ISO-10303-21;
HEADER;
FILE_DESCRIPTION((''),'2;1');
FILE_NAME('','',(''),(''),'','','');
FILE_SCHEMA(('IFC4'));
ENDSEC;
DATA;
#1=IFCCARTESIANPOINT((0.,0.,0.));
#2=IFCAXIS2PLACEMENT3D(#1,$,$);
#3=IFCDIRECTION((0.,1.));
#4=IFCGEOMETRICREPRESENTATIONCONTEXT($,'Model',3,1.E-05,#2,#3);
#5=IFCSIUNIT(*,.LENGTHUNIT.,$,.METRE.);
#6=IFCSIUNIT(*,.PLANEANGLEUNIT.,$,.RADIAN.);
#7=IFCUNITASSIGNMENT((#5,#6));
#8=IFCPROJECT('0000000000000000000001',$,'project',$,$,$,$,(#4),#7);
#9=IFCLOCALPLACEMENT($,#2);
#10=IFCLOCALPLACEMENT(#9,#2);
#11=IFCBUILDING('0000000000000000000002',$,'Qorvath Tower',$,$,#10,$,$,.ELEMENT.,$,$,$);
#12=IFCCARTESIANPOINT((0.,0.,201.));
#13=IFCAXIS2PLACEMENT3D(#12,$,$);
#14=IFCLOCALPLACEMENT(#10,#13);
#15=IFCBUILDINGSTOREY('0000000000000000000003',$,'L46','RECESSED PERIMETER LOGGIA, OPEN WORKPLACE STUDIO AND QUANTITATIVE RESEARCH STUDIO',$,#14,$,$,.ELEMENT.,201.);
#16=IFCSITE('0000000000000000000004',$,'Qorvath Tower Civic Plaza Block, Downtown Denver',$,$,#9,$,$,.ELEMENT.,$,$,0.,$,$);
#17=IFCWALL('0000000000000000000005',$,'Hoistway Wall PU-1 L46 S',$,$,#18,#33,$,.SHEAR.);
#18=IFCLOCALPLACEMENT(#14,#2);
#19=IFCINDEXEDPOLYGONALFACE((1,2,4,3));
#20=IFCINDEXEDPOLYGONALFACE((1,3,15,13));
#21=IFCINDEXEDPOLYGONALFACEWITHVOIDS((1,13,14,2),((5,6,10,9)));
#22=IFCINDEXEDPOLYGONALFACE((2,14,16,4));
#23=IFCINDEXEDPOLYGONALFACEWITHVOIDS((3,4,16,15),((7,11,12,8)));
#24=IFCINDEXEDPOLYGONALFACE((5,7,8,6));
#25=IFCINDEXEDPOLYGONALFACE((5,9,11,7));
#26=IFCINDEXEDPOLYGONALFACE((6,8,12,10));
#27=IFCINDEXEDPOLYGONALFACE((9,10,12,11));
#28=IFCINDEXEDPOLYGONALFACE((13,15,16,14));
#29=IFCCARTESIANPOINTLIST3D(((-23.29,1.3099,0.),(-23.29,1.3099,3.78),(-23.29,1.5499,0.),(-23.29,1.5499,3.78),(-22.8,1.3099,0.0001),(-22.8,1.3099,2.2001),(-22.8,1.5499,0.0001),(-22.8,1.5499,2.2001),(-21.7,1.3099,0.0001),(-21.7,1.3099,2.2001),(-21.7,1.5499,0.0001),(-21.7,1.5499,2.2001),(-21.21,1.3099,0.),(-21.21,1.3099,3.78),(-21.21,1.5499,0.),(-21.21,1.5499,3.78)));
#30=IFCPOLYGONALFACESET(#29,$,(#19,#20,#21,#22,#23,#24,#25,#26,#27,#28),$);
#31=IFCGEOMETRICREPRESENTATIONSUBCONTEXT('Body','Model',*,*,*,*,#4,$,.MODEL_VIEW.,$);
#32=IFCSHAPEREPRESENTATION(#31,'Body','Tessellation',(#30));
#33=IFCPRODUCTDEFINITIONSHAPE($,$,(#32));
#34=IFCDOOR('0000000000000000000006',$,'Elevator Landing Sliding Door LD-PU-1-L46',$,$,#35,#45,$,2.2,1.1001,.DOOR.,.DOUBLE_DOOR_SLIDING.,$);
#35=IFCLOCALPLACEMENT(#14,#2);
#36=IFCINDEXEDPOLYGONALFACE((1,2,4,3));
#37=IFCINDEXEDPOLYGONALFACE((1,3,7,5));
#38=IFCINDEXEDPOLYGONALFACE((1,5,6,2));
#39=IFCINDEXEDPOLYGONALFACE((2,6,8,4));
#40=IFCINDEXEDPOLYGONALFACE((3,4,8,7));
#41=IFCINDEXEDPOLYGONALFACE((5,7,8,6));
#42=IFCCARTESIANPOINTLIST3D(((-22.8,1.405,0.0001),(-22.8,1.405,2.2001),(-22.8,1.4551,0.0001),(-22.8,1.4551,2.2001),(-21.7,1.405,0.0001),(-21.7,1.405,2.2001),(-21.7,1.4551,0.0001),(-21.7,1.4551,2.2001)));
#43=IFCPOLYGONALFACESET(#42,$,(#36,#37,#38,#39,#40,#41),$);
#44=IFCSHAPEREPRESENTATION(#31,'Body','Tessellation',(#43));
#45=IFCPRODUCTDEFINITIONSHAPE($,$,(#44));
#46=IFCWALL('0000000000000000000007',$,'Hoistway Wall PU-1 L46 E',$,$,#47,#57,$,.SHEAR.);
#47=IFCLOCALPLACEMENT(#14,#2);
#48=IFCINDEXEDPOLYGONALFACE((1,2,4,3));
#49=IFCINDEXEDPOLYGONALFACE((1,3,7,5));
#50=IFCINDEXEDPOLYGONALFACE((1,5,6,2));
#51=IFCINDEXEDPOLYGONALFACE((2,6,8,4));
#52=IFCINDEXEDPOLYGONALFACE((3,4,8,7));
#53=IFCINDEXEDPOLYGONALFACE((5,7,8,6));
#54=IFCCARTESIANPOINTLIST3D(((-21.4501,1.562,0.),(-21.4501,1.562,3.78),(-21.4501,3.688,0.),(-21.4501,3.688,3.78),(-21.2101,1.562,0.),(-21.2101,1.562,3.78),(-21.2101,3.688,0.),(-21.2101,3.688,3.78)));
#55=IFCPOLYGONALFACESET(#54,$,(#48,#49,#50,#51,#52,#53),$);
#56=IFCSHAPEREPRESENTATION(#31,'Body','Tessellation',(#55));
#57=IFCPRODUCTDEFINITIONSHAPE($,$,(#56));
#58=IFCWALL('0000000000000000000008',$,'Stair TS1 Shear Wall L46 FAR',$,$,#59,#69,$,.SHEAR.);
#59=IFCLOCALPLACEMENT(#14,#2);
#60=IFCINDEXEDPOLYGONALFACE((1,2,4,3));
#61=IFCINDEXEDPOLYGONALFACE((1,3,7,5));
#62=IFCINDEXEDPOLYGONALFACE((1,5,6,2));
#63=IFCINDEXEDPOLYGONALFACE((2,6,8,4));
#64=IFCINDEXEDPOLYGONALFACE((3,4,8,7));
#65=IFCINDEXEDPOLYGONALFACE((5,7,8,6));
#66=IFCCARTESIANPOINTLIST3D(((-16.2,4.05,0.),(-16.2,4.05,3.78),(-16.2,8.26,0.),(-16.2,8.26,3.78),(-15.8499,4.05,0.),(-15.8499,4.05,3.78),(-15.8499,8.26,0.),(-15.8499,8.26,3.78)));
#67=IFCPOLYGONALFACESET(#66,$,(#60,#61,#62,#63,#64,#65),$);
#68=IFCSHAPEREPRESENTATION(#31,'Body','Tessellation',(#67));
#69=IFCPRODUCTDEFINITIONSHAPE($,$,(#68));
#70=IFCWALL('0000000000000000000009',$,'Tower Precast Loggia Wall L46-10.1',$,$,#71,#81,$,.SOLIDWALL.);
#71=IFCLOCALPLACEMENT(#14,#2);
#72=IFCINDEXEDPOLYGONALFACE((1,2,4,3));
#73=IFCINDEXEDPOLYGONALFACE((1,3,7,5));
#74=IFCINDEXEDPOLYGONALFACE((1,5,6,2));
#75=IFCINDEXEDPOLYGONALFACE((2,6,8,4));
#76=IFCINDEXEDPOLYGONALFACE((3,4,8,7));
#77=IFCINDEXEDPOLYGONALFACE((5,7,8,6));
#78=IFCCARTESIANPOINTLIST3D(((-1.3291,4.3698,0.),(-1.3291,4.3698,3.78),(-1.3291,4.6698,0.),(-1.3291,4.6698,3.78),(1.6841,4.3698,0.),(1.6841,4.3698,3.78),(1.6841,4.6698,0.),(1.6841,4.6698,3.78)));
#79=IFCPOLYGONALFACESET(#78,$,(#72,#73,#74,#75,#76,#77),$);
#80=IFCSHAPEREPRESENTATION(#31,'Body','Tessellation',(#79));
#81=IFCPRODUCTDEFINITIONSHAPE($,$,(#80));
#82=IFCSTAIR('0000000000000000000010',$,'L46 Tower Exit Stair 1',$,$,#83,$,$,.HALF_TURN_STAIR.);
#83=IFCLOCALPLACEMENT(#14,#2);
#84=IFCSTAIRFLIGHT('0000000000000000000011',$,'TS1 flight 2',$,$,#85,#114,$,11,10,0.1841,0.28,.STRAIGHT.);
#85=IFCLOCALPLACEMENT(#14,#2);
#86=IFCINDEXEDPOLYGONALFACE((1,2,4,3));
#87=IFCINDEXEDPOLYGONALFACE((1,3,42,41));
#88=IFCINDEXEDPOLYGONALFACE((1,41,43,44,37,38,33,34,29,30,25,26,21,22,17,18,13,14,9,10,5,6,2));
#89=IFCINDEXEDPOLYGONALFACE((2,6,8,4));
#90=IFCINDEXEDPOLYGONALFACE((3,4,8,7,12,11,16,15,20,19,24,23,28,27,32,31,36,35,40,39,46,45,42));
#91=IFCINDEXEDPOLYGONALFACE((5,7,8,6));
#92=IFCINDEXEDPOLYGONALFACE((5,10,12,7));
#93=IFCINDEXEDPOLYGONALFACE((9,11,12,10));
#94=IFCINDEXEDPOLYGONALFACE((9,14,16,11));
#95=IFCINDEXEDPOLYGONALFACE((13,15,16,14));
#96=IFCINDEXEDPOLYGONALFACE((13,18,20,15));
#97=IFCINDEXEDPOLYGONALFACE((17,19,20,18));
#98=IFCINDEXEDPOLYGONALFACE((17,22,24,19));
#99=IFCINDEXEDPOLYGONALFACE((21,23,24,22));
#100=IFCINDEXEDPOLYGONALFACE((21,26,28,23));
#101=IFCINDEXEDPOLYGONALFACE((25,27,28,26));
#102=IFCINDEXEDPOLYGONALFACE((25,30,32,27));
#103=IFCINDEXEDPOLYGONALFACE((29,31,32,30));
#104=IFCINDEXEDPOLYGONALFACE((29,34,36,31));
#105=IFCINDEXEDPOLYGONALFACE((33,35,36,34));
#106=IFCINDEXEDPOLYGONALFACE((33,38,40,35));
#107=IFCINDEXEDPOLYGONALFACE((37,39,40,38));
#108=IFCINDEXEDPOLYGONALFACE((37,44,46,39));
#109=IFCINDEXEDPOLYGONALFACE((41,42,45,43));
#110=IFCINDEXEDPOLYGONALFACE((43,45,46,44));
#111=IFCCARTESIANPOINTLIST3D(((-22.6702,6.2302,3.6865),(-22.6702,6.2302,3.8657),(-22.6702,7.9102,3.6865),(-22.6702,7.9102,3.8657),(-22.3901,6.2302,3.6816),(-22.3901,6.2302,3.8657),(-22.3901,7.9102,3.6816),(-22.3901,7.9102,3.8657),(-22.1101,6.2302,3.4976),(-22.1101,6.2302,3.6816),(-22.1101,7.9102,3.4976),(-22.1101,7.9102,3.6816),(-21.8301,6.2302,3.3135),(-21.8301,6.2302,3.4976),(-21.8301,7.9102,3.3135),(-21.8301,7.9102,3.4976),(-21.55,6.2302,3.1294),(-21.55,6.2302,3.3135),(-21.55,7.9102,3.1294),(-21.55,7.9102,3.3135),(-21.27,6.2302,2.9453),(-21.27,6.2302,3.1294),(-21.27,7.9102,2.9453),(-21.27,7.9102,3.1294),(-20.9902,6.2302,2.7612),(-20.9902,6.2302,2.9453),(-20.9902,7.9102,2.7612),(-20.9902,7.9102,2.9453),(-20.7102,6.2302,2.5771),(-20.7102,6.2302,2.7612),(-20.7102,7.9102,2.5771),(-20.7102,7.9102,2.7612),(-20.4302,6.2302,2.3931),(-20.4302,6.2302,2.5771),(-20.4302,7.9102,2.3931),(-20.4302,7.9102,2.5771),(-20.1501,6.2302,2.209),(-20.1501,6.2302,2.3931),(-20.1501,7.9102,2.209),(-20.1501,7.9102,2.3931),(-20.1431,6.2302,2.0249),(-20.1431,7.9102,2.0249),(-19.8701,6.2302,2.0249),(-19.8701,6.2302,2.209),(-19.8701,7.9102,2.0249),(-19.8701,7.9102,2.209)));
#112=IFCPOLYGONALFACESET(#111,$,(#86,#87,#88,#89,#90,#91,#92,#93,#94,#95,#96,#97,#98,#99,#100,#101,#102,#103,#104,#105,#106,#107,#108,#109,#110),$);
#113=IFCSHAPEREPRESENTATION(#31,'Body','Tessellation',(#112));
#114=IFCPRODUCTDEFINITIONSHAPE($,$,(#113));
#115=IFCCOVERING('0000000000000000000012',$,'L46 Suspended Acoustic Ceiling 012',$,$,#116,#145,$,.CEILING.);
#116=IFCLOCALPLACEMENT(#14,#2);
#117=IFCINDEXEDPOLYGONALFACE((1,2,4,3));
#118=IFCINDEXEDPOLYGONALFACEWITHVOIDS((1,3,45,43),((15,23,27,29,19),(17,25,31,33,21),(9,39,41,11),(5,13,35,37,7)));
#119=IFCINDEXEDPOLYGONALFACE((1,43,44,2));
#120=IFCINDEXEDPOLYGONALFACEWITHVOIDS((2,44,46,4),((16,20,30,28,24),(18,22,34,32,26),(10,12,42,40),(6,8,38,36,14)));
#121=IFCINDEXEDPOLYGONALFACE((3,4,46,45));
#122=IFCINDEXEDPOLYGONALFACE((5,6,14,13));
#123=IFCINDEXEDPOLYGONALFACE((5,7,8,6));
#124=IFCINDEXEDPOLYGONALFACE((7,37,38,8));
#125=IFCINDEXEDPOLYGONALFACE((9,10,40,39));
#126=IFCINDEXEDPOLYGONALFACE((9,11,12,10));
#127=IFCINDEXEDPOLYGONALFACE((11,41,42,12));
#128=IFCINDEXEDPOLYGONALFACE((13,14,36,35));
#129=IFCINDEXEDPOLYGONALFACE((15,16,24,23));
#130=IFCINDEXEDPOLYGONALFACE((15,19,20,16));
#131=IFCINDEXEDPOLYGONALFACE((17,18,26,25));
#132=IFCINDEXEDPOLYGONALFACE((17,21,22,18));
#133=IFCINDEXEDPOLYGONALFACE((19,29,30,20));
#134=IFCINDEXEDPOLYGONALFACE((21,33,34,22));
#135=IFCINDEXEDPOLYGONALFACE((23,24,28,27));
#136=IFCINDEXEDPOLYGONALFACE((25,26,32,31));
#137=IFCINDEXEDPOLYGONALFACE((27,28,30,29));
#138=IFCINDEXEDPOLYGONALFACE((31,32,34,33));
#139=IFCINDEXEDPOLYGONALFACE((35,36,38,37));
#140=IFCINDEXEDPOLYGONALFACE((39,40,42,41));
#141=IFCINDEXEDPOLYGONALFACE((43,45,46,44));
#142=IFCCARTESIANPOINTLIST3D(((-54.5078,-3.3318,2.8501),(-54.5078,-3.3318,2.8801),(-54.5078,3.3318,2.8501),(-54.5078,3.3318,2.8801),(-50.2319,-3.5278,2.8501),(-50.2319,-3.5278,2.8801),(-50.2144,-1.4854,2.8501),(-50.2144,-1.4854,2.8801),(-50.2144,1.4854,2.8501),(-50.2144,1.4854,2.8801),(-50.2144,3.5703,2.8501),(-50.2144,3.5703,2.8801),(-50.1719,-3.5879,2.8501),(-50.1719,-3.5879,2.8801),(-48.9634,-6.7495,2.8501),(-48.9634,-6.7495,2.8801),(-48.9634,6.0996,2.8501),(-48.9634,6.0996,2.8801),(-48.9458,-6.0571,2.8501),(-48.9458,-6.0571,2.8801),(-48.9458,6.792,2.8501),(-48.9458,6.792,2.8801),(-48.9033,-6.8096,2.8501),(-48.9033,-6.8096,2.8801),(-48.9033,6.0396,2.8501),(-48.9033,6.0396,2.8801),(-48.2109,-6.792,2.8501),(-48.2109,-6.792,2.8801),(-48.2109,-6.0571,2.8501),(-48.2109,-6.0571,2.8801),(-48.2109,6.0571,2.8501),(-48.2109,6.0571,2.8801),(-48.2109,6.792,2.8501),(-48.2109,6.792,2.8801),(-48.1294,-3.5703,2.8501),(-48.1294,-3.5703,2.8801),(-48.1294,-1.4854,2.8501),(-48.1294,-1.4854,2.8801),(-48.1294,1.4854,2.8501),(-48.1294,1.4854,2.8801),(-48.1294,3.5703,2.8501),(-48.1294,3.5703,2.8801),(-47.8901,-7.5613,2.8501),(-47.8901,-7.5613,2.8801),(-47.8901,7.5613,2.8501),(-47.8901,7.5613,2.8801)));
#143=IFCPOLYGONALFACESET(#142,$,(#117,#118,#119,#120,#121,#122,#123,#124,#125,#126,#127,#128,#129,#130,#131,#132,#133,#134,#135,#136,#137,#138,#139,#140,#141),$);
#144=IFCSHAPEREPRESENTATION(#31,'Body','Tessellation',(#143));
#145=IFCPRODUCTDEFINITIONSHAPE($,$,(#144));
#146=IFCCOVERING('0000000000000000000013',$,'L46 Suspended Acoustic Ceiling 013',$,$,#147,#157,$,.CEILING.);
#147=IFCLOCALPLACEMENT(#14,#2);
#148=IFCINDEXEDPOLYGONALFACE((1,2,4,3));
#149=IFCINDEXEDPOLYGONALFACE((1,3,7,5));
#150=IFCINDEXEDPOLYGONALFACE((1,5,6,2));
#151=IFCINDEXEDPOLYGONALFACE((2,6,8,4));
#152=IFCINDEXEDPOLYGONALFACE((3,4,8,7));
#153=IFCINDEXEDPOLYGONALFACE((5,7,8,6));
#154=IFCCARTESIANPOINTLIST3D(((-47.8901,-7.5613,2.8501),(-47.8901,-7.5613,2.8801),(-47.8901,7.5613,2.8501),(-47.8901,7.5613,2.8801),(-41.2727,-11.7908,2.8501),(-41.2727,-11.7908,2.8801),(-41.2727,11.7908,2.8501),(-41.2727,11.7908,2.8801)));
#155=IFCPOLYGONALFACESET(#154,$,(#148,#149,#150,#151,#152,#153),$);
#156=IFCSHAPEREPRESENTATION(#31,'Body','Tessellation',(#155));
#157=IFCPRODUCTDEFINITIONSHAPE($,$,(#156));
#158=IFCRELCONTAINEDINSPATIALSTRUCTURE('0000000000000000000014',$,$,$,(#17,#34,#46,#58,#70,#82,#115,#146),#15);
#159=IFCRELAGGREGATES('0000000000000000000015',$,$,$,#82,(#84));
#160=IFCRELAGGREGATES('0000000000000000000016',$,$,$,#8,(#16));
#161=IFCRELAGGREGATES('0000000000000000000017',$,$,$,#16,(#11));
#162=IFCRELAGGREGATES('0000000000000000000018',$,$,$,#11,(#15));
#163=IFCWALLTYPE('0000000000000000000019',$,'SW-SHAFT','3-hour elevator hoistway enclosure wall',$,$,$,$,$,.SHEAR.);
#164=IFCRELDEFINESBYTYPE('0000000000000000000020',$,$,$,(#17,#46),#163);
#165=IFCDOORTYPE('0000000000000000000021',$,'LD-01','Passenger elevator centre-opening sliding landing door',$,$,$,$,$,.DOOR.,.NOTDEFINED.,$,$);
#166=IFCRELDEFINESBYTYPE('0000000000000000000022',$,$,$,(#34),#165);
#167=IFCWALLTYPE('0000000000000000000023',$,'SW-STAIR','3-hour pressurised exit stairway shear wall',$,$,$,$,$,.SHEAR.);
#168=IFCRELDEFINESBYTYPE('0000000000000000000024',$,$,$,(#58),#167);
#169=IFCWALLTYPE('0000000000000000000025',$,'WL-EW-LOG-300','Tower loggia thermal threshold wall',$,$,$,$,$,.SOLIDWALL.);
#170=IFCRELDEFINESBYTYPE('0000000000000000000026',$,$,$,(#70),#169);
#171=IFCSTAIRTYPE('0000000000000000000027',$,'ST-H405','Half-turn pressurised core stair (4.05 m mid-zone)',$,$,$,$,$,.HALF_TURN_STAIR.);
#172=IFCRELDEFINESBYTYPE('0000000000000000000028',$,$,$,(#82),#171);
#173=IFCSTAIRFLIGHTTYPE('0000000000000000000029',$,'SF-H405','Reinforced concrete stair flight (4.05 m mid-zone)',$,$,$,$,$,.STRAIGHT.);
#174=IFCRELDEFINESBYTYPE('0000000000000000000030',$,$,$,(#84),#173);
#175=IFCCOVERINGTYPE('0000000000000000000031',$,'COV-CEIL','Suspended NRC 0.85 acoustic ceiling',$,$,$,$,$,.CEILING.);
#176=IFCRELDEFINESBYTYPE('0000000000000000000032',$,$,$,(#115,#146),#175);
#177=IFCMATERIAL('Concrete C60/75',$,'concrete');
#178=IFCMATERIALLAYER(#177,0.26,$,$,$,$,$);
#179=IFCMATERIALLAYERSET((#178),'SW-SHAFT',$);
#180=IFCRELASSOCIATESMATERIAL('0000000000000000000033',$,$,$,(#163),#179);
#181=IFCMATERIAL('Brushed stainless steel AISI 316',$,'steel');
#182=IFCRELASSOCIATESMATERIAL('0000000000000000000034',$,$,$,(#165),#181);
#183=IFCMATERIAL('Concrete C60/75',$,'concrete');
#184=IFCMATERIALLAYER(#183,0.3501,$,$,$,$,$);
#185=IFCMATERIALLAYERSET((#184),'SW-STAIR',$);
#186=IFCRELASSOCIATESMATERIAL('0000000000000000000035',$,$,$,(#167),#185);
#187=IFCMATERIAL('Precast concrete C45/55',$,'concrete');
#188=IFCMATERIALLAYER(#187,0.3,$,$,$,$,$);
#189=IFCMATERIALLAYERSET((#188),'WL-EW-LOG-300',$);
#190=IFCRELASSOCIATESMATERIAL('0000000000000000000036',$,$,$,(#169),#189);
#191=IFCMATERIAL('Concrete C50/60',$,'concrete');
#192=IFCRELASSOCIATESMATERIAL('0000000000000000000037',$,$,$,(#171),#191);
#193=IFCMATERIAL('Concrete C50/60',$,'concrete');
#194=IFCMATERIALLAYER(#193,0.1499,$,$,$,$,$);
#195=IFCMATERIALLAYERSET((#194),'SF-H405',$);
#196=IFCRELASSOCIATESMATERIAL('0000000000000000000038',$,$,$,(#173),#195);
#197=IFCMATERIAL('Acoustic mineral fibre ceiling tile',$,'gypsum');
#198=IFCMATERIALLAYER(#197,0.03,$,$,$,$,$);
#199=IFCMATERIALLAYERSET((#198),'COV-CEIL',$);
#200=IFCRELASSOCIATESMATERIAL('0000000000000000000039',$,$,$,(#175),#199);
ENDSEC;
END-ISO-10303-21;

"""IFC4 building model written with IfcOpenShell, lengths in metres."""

from ifc_helpers import new_model, si_unit, direction, frame, frame_2d, origin, place, context, subcontext, project, spatial, polyline, rectangle, outline, extrude, material, layer, layer_set, type_object, element, fill, aggregate, save


model = new_model("IFC4")

# Units and contexts
model_context = context("Model", 3, precision=1e-05, world=origin(), true_north=direction((0.0, 1.0)))
body_context = subcontext(model_context, "Body", "Model", "MODEL_VIEW")
ifc_project = project(units=[si_unit("LENGTHUNIT", "METRE"), si_unit("PLANEANGLEUNIT", "RADIAN")], contexts=[model_context])

# Site, building, storey
site_placement = place(None, origin())
site = spatial("IfcSite", under=ifc_project, at=site_placement, Name="Qorvath Tower Civic Plaza Block, Downtown Denver", CompositionType="ELEMENT", RefElevation=0.0)
building_placement = place(site_placement, origin())
building = spatial("IfcBuilding", under=site, at=building_placement, Name="Qorvath Tower", CompositionType="ELEMENT")
storey_placement = place(building_placement, frame((0.0, 0.0, 201.0)))
storey = spatial("IfcBuildingStorey", under=building, at=storey_placement, Name="L46", Description="RECESSED PERIMETER LOGGIA, OPEN WORKPLACE STUDIO AND QUANTITATIVE RESEARCH STUDIO", CompositionType="ELEMENT", Elevation=201.0)

# Wall, opening, door
ifc_material_1 = material(Name="Concrete C60/75", Category="concrete")
ifc_layer_1 = layer(ifc_material_1, 0.26)
ifc_layer_set_1 = layer_set([ifc_layer_1], Name="SW-SHAFT")
wall_type_1 = type_object("IfcWallType", Name="SW-SHAFT", Description="3-hour elevator hoistway enclosure wall", PredefinedType="SHEAR", material=ifc_layer_set_1)
wall_1_placement = place(storey_placement, frame((-21.21, 1.4299, 0.0), z_axis=(0.0, 0.0, 1.0), x_axis=(-1.0, 0.0, 0.0)))
wall_1 = element("IfcWall", 1, at=wall_1_placement, inside=storey, type_object=wall_type_1, Name="Hoistway Wall PU-1 L46 S", PredefinedType="SHEAR", context=body_context, shape_type="SweptSolid", body=[
    extrude(rectangle(XDim=2.0801, YDim=0.24, at=frame_2d((1.04, 0.0))), origin(), (0.0, 0.0, 1.0), 3.78),
])
opening_1_placement = place(wall_1_placement, frame((0.49, 0.0, 0.0)))
opening_1 = element("IfcOpeningElement", 2, at=opening_1_placement, cuts=wall_1, PredefinedType="OPENING", context=body_context, shape_type="SweptSolid", body=[
    extrude(rectangle(XDim=1.1001, YDim=2.2, at=frame_2d((0.55, 1.1001))), frame((0.0, 0.1299, 0.0), z_axis=(0.0, -1.0, 0.0), x_axis=(1.0, 0.0, 0.0)), (0.0, 0.0, 1.0), 0.26),
])
ifc_material_2 = material(Name="Brushed stainless steel AISI 316", Category="steel")
door_type_1 = type_object("IfcDoorType", Name="LD-01", Description="Passenger elevator centre-opening sliding landing door", OperationType="NOTDEFINED", PredefinedType="DOOR", material=ifc_material_2)
door_1_placement = place(opening_1_placement, origin())
door_1 = element("IfcDoor", 3, at=door_1_placement, inside=storey, type_object=door_type_1, Name="Elevator Landing Sliding Door LD-PU-1-L46", OperationType="DOUBLE_DOOR_SLIDING", OverallHeight=2.2, OverallWidth=1.1001, PredefinedType="DOOR", context=body_context, shape_type="SweptSolid", body=[
    extrude(rectangle(XDim=1.1001, YDim=2.2, at=frame_2d((0.55, 1.1001))), frame((0.0, 0.0249, 0.0), z_axis=(0.0, -1.0, 0.0), x_axis=(1.0, 0.0, 0.0)), (0.0, 0.0, 1.0), 0.05),
])
fill(opening_1, door_1)

# Walls
wall_2_placement = place(storey_placement, frame((-21.3301, 3.688, 0.0), z_axis=(0.0, 0.0, 1.0), x_axis=(0.0, -1.0, 0.0)))
element("IfcWall", 4, at=wall_2_placement, inside=storey, type_object=wall_type_1, Name="Hoistway Wall PU-1 L46 E", PredefinedType="SHEAR", context=body_context, shape_type="SweptSolid", body=[
    extrude(rectangle(XDim=2.126, YDim=0.24, at=frame_2d((1.063, 0.0))), origin(), (0.0, 0.0, 1.0), 3.78),
])
ifc_material_3 = material(Name="Concrete C60/75", Category="concrete")
ifc_layer_2 = layer(ifc_material_3, 0.3501)
ifc_layer_set_2 = layer_set([ifc_layer_2], Name="SW-STAIR")
wall_type_2 = type_object("IfcWallType", Name="SW-STAIR", Description="3-hour pressurised exit stairway shear wall", PredefinedType="SHEAR", material=ifc_layer_set_2)
wall_3_placement = place(storey_placement, frame((-16.0249, 4.05, 0.0), z_axis=(0.0, 0.0, 1.0), x_axis=(0.0, 1.0, 0.0)))
element("IfcWall", 5, at=wall_3_placement, inside=storey, type_object=wall_type_2, Name="Stair TS1 Shear Wall L46 FAR", PredefinedType="SHEAR", context=body_context, shape_type="SweptSolid", body=[
    extrude(rectangle(XDim=4.21, YDim=0.3501, at=frame_2d((2.105, 0.0))), origin(), (0.0, 0.0, 1.0), 3.78),
])
ifc_material_4 = material(Name="Precast concrete C45/55", Category="concrete")
ifc_layer_3 = layer(ifc_material_4, 0.3)
ifc_layer_set_3 = layer_set([ifc_layer_3], Name="WL-EW-LOG-300")
wall_type_3 = type_object("IfcWallType", Name="WL-EW-LOG-300", Description="Tower loggia thermal threshold wall", PredefinedType="SOLIDWALL", material=ifc_layer_set_3)
wall_4_placement = place(storey_placement, frame((-1.3291, 4.5198, 0.0), z_axis=(0.0, 0.0, 1.0), x_axis=(1.0, 0.0, 0.0)))
element("IfcWall", 6, at=wall_4_placement, inside=storey, type_object=wall_type_3, Name="Tower Precast Loggia Wall L46-10.1", PredefinedType="SOLIDWALL", context=body_context, shape_type="SweptSolid", body=[
    extrude(rectangle(XDim=3.0132, YDim=0.3, at=frame_2d((1.5066, 0.0))), origin(), (0.0, 0.0, 1.0), 3.78),
])

# Stair, stair flight
ifc_material_5 = material(Name="Concrete C50/60", Category="concrete")
stair_type = type_object("IfcStairType", Name="ST-H405", Description="Half-turn pressurised core stair (4.05 m mid-zone)", PredefinedType="HALF_TURN_STAIR", material=ifc_material_5)
stair_placement = place(storey_placement, origin())
stair = element("IfcStair", 7, at=stair_placement, inside=storey, type_object=stair_type, Name="L46 Tower Exit Stair 1", PredefinedType="HALF_TURN_STAIR")
ifc_material_6 = material(Name="Concrete C50/60", Category="concrete")
ifc_layer_4 = layer(ifc_material_6, 0.1499)
ifc_layer_set_4 = layer_set([ifc_layer_4], Name="SF-H405")
stair_flight_type = type_object("IfcStairFlightType", Name="SF-H405", Description="Reinforced concrete stair flight (4.05 m mid-zone)", PredefinedType="STRAIGHT", material=ifc_layer_set_4)
stair_flight_placement = place(storey_placement, frame((-19.8701, 7.0701, 2.0249), z_axis=(0.0, 0.0, 1.0), x_axis=(-1.0, 0.0, 0.0)))
stair_flight = element("IfcStairFlight", 8, at=stair_flight_placement, type_object=stair_flight_type, Name="TS1 flight 2", NumberOfRisers=11, NumberOfTreads=10, PredefinedType="STRAIGHT", RiserHeight=0.1841, TreadLength=0.28, context=body_context, shape_type="SweptSolid", body=[
    extrude(outline(polyline([(0.0, 0.0), (0.0, 0.1841), (0.28, 0.1841), (0.28, 0.3682), (0.5601, 0.3682), (0.5601, 0.5522), (0.8401, 0.5522), (0.8401, 0.7363), (1.1201, 0.7363), (1.1201, 0.9204), (1.3999, 0.9204), (1.3999, 1.1045), (1.6799, 1.1045), (1.6799, 1.2886), (1.96, 1.2886), (1.96, 1.4727), (2.24, 1.4727), (2.24, 1.6567), (2.52, 1.6567), (2.52, 1.8408), (2.8, 1.8408), (2.8, 2.0249), (2.8, 1.6616), (0.2729, 0.0), (0.0, 0.0)])), frame((0.0, 0.8398, 0.0), z_axis=(0.0, -1.0, 0.0), x_axis=(1.0, 0.0, 0.0)), (0.0, 0.0, 1.0), 1.6799),
])
aggregate(stair, [stair_flight])

# Coverings
ifc_material_7 = material(Name="Acoustic mineral fibre ceiling tile", Category="gypsum")
ifc_layer_5 = layer(ifc_material_7, 0.03)
ifc_layer_set_5 = layer_set([ifc_layer_5], Name="COV-CEIL")
covering_type_1 = type_object("IfcCoveringType", Name="COV-CEIL", Description="Suspended NRC 0.85 acoustic ceiling", PredefinedType="CEILING", material=ifc_layer_set_5)
covering_1_placement = place(storey_placement, frame((0.0, 0.0, 2.8501)))
element("IfcCovering", 9, at=covering_1_placement, inside=storey, type_object=covering_type_1, Name="L46 Suspended Acoustic Ceiling 012", PredefinedType="CEILING", context=body_context, shape_type="SweptSolid", body=[
    extrude(outline(polyline([(-47.8901, -7.5613), (-47.8901, 7.5613), (-54.5078, 3.3318), (-54.5078, -3.3318), (-47.8901, -7.5613)]), holes=[polyline([(-50.2319, -3.5278), (-50.2144, -1.4854), (-48.1294, -1.4854), (-48.1294, -3.5703), (-50.1719, -3.5879), (-50.2319, -3.5278)]), polyline([(-50.2144, 1.4854), (-50.2144, 3.5703), (-48.1294, 3.5703), (-48.1294, 1.4854), (-50.2144, 1.4854)]), polyline([(-48.9634, -6.7495), (-48.9458, -6.0571), (-48.2109, -6.0571), (-48.2109, -6.792), (-48.9033, -6.8096), (-48.9634, -6.7495)]), polyline([(-48.9634, 6.0996), (-48.9458, 6.792), (-48.2109, 6.792), (-48.2109, 6.0571), (-48.9033, 6.0396), (-48.9634, 6.0996)])]), origin(), (0.0, 0.0, 1.0), 0.03),
])
covering_2_placement = place(storey_placement, frame((0.0, 0.0, 2.8501)))
element("IfcCovering", 10, at=covering_2_placement, inside=storey, type_object=covering_type_1, Name="L46 Suspended Acoustic Ceiling 013", PredefinedType="CEILING", context=body_context, shape_type="SweptSolid", body=[
    extrude(outline(polyline([(-41.2727, -11.7908), (-41.2727, 11.7908), (-47.8901, 7.5613), (-47.8901, -7.5613), (-41.2727, -11.7908)])), origin(), (0.0, 0.0, 1.0), 0.03),
])

save(model, "model.ifc")
